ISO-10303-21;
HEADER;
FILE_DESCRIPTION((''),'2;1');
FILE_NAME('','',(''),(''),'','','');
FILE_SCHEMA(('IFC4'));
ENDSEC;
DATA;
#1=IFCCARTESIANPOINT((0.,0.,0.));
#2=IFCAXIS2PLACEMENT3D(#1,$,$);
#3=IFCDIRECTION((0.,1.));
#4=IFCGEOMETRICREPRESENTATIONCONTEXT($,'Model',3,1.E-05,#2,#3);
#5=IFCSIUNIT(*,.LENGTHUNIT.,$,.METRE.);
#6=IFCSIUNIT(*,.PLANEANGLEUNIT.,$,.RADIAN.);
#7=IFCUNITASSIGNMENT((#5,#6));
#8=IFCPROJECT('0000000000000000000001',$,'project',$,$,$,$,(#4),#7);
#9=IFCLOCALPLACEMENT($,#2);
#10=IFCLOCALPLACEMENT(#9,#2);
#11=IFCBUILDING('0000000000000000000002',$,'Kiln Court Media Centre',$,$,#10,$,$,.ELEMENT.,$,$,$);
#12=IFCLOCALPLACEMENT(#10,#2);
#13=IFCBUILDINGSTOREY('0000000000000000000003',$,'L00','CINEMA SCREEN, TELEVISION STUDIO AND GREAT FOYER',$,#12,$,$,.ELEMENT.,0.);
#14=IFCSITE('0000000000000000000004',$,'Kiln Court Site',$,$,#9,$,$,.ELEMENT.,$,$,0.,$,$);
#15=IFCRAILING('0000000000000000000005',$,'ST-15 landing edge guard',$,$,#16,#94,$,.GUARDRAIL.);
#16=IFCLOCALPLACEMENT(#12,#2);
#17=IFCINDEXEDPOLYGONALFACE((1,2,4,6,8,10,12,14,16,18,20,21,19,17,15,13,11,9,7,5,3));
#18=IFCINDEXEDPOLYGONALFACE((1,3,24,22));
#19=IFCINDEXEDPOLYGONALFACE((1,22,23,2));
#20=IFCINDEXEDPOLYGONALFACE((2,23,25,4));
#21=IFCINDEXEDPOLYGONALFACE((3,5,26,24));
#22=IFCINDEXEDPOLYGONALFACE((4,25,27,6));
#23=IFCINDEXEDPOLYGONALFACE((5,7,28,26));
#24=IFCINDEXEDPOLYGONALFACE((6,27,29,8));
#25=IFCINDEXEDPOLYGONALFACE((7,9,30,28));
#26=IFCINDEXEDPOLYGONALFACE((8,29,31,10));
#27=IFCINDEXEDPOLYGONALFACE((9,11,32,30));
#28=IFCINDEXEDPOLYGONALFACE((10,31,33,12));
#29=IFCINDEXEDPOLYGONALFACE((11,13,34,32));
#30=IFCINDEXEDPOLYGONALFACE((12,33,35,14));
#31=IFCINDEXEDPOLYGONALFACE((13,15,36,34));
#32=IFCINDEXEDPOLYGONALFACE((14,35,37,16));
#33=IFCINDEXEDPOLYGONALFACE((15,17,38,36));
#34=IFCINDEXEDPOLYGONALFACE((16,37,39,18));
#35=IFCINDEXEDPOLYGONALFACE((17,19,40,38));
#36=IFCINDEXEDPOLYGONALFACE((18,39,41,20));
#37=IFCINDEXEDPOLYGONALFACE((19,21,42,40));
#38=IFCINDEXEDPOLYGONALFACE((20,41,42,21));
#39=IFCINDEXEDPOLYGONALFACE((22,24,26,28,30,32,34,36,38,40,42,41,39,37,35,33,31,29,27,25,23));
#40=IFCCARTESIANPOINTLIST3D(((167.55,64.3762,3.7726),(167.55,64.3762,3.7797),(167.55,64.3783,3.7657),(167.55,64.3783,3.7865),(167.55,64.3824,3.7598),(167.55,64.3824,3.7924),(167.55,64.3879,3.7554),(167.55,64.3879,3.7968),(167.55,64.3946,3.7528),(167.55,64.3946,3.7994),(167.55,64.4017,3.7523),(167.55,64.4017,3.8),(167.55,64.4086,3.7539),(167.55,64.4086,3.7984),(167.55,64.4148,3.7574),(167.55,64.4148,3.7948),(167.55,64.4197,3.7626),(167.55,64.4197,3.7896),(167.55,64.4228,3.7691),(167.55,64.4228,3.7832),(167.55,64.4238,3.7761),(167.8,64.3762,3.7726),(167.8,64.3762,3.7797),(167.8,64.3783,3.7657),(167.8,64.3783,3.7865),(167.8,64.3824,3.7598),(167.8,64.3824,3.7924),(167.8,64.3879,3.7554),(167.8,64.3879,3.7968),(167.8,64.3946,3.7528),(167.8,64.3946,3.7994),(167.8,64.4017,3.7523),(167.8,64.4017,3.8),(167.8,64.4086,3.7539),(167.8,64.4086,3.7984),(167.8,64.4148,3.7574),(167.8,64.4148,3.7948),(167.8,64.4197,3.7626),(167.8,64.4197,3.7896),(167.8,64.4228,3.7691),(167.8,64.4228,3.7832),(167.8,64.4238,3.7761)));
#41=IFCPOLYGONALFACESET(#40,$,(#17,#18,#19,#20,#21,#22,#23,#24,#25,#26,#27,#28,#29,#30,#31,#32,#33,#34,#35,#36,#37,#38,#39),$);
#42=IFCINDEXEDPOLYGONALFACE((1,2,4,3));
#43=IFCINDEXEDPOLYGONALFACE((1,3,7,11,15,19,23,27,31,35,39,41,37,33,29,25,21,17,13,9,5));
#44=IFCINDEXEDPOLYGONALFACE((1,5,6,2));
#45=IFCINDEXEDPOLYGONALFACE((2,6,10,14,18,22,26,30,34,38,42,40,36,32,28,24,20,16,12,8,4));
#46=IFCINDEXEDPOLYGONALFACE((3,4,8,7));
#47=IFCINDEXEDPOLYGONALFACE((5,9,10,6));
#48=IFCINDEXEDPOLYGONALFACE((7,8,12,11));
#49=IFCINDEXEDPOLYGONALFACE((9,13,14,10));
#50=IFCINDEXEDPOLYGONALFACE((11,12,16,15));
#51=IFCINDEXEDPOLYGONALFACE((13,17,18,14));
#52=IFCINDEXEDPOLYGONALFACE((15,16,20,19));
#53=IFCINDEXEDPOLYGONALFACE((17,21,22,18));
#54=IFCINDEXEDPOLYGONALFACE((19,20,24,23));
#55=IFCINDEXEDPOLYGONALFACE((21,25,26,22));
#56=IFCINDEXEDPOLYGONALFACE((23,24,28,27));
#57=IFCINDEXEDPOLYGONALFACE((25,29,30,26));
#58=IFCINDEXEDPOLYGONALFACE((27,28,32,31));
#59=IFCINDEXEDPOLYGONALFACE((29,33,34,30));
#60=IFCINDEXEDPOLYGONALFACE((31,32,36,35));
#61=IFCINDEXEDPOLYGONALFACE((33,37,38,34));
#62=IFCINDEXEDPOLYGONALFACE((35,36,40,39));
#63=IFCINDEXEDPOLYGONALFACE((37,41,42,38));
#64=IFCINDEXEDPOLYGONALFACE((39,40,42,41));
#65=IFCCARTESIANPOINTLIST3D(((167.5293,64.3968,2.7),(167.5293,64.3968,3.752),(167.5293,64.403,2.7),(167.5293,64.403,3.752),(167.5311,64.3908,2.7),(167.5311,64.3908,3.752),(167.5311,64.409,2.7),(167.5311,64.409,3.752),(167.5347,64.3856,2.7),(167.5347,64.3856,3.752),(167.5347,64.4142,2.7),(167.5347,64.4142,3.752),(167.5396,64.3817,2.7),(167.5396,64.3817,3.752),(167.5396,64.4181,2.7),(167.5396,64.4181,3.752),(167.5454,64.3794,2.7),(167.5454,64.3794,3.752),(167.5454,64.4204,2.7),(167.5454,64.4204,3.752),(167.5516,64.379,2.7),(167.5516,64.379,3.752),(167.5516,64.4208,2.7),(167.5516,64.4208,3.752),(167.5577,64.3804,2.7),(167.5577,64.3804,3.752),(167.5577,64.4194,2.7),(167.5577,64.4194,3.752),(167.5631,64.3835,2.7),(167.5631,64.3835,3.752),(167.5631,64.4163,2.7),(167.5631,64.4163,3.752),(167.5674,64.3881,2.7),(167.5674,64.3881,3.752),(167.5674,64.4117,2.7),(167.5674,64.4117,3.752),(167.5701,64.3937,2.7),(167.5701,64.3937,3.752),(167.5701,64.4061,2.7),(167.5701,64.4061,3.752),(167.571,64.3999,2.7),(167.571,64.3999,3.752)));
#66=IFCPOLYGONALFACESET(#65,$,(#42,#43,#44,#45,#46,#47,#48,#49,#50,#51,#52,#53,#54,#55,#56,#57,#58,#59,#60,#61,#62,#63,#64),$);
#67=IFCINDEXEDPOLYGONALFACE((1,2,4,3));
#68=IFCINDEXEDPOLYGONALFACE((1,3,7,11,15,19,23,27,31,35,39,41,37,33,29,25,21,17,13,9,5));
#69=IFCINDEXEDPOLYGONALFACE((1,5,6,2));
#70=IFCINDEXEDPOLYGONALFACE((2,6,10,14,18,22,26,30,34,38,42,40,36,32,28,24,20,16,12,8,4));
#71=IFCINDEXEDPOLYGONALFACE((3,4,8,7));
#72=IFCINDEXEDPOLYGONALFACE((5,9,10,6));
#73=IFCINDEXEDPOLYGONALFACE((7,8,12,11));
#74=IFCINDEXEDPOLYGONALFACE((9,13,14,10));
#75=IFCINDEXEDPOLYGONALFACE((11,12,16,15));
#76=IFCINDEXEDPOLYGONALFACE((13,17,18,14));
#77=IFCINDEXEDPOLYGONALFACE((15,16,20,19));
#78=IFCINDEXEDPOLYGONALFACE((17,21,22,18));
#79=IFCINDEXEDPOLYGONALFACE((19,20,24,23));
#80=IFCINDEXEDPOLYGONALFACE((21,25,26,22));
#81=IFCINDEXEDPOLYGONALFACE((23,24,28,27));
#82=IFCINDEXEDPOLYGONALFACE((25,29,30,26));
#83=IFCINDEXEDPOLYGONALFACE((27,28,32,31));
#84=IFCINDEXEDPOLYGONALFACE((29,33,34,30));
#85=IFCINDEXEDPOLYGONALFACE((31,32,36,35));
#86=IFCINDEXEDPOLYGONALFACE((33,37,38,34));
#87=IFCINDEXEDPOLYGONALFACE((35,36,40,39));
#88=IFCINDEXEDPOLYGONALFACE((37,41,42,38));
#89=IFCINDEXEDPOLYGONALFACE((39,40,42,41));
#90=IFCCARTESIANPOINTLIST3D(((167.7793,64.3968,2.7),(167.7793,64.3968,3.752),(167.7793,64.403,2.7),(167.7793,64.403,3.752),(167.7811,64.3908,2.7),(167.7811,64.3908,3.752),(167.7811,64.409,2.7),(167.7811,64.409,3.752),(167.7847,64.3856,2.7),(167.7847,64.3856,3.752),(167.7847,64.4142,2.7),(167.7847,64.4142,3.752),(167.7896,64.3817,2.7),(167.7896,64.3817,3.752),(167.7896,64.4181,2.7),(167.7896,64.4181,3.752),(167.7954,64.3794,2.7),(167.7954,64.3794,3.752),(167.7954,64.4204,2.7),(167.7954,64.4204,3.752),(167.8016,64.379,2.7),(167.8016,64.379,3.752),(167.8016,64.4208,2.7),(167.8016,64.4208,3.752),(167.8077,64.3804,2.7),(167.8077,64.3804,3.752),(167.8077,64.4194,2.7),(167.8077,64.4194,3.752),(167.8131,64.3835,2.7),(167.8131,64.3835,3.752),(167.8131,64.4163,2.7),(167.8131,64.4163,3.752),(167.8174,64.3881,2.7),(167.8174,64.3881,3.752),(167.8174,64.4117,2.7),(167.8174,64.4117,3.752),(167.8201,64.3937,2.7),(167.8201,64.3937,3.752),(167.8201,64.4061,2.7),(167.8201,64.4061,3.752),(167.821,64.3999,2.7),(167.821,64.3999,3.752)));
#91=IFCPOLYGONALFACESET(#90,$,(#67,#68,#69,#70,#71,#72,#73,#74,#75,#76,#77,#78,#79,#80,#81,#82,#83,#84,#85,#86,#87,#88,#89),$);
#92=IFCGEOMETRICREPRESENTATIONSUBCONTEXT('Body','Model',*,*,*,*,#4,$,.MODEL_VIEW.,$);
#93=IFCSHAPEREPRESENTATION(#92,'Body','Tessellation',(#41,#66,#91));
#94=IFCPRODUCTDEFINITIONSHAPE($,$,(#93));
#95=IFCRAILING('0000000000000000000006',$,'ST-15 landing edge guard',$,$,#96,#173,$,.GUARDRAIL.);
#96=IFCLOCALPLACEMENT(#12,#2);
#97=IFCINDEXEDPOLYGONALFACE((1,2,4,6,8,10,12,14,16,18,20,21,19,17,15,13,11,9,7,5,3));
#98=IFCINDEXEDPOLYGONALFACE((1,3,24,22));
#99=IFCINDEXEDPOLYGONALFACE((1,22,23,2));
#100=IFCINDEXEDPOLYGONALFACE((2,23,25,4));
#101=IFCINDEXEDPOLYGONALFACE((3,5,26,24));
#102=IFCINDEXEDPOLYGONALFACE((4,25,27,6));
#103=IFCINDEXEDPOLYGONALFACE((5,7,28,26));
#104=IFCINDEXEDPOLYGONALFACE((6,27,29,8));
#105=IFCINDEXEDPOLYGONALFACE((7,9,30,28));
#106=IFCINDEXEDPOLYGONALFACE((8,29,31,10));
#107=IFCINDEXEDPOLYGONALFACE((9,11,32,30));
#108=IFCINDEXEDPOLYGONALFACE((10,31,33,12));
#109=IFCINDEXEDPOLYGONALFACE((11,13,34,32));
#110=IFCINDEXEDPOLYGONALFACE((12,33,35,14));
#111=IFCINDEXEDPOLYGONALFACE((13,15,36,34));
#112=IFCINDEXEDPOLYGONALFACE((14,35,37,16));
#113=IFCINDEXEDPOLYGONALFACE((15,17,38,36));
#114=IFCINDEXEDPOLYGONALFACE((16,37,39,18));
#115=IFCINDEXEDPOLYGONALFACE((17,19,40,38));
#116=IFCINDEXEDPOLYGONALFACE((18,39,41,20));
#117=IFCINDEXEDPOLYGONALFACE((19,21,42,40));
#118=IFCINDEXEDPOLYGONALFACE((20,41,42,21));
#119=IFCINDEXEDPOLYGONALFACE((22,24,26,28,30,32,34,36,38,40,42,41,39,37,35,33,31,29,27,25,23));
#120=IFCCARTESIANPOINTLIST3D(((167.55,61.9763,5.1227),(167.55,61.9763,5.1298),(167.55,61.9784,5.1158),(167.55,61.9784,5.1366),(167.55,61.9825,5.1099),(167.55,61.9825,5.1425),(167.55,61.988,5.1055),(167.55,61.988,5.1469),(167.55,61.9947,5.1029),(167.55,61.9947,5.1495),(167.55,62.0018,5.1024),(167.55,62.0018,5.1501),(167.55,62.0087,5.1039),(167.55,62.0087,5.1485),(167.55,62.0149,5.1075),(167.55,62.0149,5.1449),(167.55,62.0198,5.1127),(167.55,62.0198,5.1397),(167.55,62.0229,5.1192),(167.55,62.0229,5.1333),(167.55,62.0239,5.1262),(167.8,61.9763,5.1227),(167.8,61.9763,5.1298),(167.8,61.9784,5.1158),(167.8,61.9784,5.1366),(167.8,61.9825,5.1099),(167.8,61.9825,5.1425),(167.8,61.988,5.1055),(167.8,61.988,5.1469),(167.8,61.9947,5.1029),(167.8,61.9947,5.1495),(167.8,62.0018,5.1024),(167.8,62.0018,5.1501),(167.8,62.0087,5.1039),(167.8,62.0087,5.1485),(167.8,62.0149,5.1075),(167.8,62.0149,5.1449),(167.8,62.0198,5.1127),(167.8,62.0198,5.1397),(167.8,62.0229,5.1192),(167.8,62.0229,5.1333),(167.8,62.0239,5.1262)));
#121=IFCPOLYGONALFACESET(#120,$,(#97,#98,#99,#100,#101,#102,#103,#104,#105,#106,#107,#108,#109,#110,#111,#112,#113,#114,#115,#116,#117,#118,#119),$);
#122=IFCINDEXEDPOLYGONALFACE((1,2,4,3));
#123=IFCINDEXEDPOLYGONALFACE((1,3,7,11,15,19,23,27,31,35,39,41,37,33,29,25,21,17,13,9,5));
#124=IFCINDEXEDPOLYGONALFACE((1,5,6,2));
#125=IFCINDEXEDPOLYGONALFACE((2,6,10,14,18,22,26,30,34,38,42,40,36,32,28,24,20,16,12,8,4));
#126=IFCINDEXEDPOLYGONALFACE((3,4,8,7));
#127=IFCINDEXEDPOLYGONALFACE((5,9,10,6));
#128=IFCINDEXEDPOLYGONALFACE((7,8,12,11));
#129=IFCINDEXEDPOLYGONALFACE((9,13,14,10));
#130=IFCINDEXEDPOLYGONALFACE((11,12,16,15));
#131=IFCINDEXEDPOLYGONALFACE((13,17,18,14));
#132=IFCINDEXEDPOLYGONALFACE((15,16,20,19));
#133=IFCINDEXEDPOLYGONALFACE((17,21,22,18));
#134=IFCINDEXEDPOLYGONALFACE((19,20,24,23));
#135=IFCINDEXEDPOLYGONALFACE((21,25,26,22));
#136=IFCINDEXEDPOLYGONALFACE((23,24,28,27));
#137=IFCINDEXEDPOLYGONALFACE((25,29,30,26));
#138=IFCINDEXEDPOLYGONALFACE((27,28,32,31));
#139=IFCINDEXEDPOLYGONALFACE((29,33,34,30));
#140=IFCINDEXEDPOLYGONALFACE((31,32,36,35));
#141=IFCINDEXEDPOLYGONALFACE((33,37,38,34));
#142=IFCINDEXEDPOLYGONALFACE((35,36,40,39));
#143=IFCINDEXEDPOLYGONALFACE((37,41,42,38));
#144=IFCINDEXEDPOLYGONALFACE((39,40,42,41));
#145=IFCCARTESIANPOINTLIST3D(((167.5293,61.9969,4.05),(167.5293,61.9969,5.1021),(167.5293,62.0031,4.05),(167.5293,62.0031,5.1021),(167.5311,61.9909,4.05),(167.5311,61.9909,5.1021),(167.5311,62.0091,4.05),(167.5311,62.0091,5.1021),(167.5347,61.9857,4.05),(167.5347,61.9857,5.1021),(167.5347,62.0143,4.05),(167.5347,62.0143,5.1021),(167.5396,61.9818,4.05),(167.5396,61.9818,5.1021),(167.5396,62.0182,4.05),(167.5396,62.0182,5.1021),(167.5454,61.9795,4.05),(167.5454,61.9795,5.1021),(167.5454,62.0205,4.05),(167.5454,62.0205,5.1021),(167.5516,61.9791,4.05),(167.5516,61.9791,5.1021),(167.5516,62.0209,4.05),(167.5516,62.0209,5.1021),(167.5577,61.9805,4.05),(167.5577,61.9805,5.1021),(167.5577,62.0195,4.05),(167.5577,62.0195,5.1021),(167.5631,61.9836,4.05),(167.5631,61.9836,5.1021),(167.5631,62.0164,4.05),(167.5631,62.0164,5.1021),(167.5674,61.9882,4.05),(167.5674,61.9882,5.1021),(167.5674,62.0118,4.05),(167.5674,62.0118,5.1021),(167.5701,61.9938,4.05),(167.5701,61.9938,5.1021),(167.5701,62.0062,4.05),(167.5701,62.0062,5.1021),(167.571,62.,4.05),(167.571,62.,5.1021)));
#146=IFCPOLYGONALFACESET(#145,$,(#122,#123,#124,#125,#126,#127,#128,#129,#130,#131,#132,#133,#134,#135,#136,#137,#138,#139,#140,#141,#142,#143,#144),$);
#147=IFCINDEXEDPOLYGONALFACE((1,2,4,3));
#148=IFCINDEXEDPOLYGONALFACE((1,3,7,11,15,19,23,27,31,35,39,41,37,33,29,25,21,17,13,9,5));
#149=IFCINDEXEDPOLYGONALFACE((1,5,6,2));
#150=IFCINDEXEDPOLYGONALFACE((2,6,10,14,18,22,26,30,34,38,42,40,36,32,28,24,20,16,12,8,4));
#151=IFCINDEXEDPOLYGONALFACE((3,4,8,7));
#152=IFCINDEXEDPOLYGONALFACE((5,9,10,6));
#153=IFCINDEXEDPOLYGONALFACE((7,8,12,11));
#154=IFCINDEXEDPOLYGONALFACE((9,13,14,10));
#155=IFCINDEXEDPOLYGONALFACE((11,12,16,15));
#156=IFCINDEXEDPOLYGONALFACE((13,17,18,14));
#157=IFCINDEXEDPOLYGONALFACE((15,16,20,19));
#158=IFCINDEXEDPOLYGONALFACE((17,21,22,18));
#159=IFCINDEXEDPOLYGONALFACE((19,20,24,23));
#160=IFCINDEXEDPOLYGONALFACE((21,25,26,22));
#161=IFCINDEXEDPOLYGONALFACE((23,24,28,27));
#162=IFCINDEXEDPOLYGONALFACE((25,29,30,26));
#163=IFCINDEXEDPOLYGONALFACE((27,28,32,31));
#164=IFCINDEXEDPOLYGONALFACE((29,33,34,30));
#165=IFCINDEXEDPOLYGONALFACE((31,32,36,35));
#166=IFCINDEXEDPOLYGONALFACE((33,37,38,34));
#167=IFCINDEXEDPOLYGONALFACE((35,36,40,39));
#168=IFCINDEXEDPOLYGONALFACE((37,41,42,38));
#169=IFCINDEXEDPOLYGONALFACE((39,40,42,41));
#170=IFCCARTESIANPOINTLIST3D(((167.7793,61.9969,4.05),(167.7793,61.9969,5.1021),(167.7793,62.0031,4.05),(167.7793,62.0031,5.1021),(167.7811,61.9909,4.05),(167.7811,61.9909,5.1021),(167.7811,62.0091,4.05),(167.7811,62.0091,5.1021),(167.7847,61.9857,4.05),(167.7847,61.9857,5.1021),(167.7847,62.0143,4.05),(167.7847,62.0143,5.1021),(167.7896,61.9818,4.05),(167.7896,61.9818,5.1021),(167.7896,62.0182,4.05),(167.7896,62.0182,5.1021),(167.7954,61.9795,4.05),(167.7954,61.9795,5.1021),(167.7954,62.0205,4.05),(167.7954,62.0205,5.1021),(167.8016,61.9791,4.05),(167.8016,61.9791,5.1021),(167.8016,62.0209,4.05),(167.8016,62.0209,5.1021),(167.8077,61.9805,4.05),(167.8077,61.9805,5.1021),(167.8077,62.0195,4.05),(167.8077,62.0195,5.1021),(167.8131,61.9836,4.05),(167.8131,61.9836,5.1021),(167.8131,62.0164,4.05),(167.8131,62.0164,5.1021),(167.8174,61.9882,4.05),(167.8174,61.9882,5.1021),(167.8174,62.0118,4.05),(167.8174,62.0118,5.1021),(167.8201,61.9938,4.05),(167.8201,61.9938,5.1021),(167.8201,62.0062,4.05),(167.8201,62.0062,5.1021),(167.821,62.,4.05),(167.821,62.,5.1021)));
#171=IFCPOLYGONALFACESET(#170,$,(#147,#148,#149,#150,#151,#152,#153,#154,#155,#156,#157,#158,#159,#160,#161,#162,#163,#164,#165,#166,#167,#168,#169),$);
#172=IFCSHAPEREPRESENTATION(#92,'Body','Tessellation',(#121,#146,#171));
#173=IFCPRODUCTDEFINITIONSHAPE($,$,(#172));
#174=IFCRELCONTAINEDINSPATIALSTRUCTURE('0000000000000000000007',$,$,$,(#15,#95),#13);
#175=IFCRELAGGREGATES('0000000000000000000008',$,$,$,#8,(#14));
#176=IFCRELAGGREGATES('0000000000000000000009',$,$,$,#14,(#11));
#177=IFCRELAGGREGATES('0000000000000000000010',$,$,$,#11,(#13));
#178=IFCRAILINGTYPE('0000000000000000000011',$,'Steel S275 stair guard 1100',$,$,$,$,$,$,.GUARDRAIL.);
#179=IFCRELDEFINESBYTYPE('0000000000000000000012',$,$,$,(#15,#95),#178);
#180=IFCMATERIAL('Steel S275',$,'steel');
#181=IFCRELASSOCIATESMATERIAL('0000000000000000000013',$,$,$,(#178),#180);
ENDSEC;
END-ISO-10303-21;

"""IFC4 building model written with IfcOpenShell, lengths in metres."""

from ifc_helpers import new_model, si_unit, direction, frame, origin, origin_2d, place, context, subcontext, project, spatial, circle, extrude, material, type_object, element, save


model = new_model("IFC4")

# Units and contexts
model_context = context("Model", 3, precision=1e-05, world=origin(), true_north=direction((0.0, 1.0)))
body_context = subcontext(model_context, "Body", "Model", "MODEL_VIEW")
ifc_project = project(units=[si_unit("LENGTHUNIT", "METRE"), si_unit("PLANEANGLEUNIT", "RADIAN")], contexts=[model_context])

# Site, building, storey
site_placement = place(None, origin())
site = spatial("IfcSite", under=ifc_project, at=site_placement, Name="Kiln Court Site", CompositionType="ELEMENT", RefElevation=0.0)
building_placement = place(site_placement, origin())
building = spatial("IfcBuilding", under=site, at=building_placement, Name="Kiln Court Media Centre", CompositionType="ELEMENT")
storey_placement = place(building_placement, origin())
storey = spatial("IfcBuildingStorey", under=building, at=storey_placement, Name="L00", Description="CINEMA SCREEN, TELEVISION STUDIO AND GREAT FOYER", CompositionType="ELEMENT", Elevation=0.0)

# Railings
ifc_material_1 = material(Name="Steel S275", Category="steel")
railing_type_1 = type_object("IfcRailingType", Name="Steel S275 stair guard 1100", PredefinedType="GUARDRAIL", material=ifc_material_1)
for number, where, name in (
    (1, (167.55, 64.3999, 2.7), "ST-15 landing edge guard"),
    (2, (167.55, 62.0, 4.05), "ST-15 landing edge guard"),
):
    element("IfcRailing", number, at=place(storey_placement, frame(where)), inside=storey, type_object=railing_type_1, Name=name, PredefinedType="GUARDRAIL", context=body_context, shape_type="SweptSolid", body=[
        extrude(circle(Radius=0.0239, at=origin_2d()), frame((0.0, 0.0, 1.0762), z_axis=(1.0, 0.0, 0.0), x_axis=(0.0, 1.0, 0.0)), (0.0, 0.0, 1.0), 0.25),
        extrude(circle(Radius=0.021, at=origin_2d()), origin(), (0.0, 0.0, 1.0), 1.052),
        extrude(circle(Radius=0.021, at=origin_2d()), frame((0.25, 0.0, 0.0)), (0.0, 0.0, 1.0), 1.052),
    ])

save(model, "model.ifc")
